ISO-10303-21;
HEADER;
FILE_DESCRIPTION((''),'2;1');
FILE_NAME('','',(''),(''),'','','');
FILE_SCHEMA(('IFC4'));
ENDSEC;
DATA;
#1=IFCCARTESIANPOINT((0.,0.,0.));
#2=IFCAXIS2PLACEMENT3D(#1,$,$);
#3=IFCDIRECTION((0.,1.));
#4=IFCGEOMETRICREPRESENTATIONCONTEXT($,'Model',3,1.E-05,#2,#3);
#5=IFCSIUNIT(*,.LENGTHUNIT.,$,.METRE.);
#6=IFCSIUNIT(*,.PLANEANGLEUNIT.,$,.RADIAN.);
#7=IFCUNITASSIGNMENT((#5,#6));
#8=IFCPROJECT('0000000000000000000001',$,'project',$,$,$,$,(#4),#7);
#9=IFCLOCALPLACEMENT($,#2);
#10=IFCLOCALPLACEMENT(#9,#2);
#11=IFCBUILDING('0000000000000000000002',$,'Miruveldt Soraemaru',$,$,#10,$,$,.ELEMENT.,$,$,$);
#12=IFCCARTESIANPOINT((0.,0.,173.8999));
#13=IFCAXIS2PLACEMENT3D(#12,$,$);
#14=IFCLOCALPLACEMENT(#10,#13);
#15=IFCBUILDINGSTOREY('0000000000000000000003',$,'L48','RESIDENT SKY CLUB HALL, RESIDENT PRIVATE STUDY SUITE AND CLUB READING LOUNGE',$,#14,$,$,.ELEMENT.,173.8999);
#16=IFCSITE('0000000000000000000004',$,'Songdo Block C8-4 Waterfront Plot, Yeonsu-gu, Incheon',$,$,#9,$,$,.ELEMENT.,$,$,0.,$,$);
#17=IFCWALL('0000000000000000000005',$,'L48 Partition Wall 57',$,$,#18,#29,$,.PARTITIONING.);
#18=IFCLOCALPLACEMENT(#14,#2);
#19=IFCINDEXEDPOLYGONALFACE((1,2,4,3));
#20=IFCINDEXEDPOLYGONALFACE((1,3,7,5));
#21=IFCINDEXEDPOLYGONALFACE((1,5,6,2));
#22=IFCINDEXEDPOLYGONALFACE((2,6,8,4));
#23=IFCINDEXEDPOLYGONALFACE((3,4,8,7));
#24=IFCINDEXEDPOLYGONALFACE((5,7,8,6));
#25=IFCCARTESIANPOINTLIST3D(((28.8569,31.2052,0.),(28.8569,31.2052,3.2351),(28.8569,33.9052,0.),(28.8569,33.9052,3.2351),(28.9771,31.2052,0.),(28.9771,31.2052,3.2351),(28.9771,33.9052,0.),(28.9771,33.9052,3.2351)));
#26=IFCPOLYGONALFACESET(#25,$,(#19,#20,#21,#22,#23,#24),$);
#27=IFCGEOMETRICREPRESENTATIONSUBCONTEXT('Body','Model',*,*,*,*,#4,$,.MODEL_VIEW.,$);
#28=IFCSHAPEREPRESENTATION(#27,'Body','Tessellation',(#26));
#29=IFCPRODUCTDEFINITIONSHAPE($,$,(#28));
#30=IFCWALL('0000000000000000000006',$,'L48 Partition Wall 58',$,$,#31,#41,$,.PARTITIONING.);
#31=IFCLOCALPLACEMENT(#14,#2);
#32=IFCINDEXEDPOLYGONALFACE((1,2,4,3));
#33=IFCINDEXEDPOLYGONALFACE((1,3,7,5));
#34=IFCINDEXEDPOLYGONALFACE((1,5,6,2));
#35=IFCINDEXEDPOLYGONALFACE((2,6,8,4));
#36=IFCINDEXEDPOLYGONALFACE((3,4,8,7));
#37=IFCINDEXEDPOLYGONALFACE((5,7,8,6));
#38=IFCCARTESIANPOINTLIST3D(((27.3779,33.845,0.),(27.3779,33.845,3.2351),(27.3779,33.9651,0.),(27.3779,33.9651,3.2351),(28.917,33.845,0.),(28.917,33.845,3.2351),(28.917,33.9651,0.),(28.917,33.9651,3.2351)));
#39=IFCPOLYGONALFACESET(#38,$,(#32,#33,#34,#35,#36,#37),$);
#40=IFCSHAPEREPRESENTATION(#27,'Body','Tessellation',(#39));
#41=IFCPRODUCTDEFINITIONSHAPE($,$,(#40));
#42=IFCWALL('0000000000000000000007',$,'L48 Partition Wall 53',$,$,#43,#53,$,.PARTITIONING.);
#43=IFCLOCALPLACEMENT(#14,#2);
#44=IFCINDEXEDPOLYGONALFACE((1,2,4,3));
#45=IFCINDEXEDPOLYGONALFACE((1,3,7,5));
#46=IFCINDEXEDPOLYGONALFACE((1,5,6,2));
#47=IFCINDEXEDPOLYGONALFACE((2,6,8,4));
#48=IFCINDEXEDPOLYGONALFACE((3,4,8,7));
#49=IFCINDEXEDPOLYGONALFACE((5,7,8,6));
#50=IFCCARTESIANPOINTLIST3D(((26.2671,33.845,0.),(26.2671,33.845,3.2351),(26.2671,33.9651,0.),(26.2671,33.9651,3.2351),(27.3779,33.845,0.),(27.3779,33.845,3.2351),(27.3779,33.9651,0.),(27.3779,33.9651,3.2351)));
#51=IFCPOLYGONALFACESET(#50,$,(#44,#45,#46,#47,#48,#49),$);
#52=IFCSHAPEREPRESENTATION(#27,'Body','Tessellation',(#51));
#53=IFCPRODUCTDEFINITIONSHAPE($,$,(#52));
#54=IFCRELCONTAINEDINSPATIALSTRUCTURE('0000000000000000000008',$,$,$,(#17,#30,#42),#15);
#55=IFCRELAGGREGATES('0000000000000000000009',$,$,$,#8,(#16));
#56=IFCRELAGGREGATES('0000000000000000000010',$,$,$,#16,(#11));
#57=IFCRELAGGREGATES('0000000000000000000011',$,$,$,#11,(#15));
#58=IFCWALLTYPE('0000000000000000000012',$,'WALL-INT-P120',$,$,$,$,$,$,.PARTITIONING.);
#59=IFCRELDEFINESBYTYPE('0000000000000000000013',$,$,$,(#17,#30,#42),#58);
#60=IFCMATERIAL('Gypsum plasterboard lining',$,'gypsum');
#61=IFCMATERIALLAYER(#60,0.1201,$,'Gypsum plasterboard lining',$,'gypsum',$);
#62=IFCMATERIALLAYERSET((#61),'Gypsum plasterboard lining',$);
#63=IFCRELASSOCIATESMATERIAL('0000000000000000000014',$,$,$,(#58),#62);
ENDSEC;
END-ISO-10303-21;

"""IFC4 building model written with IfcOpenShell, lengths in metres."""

from ifc_helpers import new_model, si_unit, direction, frame, frame_2d, origin, place, context, subcontext, project, spatial, rectangle, extrude, material, layer, layer_set, type_object, element, save


model = new_model("IFC4")

# Units and contexts
model_context = context("Model", 3, precision=1e-05, world=origin(), true_north=direction((0.0, 1.0)))
body_context = subcontext(model_context, "Body", "Model", "MODEL_VIEW")
ifc_project = project(units=[si_unit("LENGTHUNIT", "METRE"), si_unit("PLANEANGLEUNIT", "RADIAN")], contexts=[model_context])

# Site, building, storey
site_placement = place(None, origin())
site = spatial("IfcSite", under=ifc_project, at=site_placement, Name="Songdo Block C8-4 Waterfront Plot, Yeonsu-gu, Incheon", CompositionType="ELEMENT", RefElevation=0.0)
building_placement = place(site_placement, origin())
building = spatial("IfcBuilding", under=site, at=building_placement, Name="Miruveldt Soraemaru", CompositionType="ELEMENT")
storey_placement = place(building_placement, frame((0.0, 0.0, 173.8999)))
storey = spatial("IfcBuildingStorey", under=building, at=storey_placement, Name="L48", Description="RESIDENT SKY CLUB HALL, RESIDENT PRIVATE STUDY SUITE AND CLUB READING LOUNGE", CompositionType="ELEMENT", Elevation=173.8999)

# Shared definitions
ifc_material_1 = material(Name="Gypsum plasterboard lining", Category="gypsum")
ifc_layer_1 = layer(ifc_material_1, 0.1201, Name="Gypsum plasterboard lining", Category="gypsum")
ifc_layer_set_1 = layer_set([ifc_layer_1], Name="Gypsum plasterboard lining")
wall_type_1 = type_object("IfcWallType", Name="WALL-INT-P120", PredefinedType="PARTITIONING", material=ifc_layer_set_1)

# Walls
for number, where, z_axis, x_axis, name in (
    (1, (28.917, 31.2051, 0.0), (0.0, 0.0, 1.0), (0.0, 1.0, 0.0), "L48 Partition Wall 57"),
):
    element("IfcWall", number, at=place(storey_placement, frame(where, z_axis=z_axis, x_axis=x_axis)), inside=storey, type_object=wall_type_1, Name=name, PredefinedType="PARTITIONING", context=body_context, shape_type="SweptSolid", body=[
        extrude(rectangle(XDim=2.7, YDim=0.1201, at=frame_2d((1.3501, 0.0))), origin(), (0.0, 0.0, 1.0), 3.2351),
    ])
wall_1_placement = place(storey_placement, frame((28.917, 33.905, 0.0), z_axis=(0.0, 0.0, 1.0), x_axis=(-1.0, 0.0, 0.0)))
element("IfcWall", 2, at=wall_1_placement, inside=storey, type_object=wall_type_1, Name="L48 Partition Wall 58", PredefinedType="PARTITIONING", context=body_context, shape_type="SweptSolid", body=[
    extrude(rectangle(XDim=1.5391, YDim=0.1201, at=frame_2d((0.7695, 0.0))), origin(), (0.0, 0.0, 1.0), 3.2351),
])
wall_2_placement = place(storey_placement, frame((27.3779, 33.905, 0.0), z_axis=(0.0, 0.0, 1.0), x_axis=(-1.0, 0.0, 0.0)))
element("IfcWall", 3, at=wall_2_placement, inside=storey, type_object=wall_type_1, Name="L48 Partition Wall 53", PredefinedType="PARTITIONING", context=body_context, shape_type="SweptSolid", body=[
    extrude(rectangle(XDim=1.1108, YDim=0.1201, at=frame_2d((0.5554, 0.0))), origin(), (0.0, 0.0, 1.0), 3.2351),
])

save(model, "model.ifc")
